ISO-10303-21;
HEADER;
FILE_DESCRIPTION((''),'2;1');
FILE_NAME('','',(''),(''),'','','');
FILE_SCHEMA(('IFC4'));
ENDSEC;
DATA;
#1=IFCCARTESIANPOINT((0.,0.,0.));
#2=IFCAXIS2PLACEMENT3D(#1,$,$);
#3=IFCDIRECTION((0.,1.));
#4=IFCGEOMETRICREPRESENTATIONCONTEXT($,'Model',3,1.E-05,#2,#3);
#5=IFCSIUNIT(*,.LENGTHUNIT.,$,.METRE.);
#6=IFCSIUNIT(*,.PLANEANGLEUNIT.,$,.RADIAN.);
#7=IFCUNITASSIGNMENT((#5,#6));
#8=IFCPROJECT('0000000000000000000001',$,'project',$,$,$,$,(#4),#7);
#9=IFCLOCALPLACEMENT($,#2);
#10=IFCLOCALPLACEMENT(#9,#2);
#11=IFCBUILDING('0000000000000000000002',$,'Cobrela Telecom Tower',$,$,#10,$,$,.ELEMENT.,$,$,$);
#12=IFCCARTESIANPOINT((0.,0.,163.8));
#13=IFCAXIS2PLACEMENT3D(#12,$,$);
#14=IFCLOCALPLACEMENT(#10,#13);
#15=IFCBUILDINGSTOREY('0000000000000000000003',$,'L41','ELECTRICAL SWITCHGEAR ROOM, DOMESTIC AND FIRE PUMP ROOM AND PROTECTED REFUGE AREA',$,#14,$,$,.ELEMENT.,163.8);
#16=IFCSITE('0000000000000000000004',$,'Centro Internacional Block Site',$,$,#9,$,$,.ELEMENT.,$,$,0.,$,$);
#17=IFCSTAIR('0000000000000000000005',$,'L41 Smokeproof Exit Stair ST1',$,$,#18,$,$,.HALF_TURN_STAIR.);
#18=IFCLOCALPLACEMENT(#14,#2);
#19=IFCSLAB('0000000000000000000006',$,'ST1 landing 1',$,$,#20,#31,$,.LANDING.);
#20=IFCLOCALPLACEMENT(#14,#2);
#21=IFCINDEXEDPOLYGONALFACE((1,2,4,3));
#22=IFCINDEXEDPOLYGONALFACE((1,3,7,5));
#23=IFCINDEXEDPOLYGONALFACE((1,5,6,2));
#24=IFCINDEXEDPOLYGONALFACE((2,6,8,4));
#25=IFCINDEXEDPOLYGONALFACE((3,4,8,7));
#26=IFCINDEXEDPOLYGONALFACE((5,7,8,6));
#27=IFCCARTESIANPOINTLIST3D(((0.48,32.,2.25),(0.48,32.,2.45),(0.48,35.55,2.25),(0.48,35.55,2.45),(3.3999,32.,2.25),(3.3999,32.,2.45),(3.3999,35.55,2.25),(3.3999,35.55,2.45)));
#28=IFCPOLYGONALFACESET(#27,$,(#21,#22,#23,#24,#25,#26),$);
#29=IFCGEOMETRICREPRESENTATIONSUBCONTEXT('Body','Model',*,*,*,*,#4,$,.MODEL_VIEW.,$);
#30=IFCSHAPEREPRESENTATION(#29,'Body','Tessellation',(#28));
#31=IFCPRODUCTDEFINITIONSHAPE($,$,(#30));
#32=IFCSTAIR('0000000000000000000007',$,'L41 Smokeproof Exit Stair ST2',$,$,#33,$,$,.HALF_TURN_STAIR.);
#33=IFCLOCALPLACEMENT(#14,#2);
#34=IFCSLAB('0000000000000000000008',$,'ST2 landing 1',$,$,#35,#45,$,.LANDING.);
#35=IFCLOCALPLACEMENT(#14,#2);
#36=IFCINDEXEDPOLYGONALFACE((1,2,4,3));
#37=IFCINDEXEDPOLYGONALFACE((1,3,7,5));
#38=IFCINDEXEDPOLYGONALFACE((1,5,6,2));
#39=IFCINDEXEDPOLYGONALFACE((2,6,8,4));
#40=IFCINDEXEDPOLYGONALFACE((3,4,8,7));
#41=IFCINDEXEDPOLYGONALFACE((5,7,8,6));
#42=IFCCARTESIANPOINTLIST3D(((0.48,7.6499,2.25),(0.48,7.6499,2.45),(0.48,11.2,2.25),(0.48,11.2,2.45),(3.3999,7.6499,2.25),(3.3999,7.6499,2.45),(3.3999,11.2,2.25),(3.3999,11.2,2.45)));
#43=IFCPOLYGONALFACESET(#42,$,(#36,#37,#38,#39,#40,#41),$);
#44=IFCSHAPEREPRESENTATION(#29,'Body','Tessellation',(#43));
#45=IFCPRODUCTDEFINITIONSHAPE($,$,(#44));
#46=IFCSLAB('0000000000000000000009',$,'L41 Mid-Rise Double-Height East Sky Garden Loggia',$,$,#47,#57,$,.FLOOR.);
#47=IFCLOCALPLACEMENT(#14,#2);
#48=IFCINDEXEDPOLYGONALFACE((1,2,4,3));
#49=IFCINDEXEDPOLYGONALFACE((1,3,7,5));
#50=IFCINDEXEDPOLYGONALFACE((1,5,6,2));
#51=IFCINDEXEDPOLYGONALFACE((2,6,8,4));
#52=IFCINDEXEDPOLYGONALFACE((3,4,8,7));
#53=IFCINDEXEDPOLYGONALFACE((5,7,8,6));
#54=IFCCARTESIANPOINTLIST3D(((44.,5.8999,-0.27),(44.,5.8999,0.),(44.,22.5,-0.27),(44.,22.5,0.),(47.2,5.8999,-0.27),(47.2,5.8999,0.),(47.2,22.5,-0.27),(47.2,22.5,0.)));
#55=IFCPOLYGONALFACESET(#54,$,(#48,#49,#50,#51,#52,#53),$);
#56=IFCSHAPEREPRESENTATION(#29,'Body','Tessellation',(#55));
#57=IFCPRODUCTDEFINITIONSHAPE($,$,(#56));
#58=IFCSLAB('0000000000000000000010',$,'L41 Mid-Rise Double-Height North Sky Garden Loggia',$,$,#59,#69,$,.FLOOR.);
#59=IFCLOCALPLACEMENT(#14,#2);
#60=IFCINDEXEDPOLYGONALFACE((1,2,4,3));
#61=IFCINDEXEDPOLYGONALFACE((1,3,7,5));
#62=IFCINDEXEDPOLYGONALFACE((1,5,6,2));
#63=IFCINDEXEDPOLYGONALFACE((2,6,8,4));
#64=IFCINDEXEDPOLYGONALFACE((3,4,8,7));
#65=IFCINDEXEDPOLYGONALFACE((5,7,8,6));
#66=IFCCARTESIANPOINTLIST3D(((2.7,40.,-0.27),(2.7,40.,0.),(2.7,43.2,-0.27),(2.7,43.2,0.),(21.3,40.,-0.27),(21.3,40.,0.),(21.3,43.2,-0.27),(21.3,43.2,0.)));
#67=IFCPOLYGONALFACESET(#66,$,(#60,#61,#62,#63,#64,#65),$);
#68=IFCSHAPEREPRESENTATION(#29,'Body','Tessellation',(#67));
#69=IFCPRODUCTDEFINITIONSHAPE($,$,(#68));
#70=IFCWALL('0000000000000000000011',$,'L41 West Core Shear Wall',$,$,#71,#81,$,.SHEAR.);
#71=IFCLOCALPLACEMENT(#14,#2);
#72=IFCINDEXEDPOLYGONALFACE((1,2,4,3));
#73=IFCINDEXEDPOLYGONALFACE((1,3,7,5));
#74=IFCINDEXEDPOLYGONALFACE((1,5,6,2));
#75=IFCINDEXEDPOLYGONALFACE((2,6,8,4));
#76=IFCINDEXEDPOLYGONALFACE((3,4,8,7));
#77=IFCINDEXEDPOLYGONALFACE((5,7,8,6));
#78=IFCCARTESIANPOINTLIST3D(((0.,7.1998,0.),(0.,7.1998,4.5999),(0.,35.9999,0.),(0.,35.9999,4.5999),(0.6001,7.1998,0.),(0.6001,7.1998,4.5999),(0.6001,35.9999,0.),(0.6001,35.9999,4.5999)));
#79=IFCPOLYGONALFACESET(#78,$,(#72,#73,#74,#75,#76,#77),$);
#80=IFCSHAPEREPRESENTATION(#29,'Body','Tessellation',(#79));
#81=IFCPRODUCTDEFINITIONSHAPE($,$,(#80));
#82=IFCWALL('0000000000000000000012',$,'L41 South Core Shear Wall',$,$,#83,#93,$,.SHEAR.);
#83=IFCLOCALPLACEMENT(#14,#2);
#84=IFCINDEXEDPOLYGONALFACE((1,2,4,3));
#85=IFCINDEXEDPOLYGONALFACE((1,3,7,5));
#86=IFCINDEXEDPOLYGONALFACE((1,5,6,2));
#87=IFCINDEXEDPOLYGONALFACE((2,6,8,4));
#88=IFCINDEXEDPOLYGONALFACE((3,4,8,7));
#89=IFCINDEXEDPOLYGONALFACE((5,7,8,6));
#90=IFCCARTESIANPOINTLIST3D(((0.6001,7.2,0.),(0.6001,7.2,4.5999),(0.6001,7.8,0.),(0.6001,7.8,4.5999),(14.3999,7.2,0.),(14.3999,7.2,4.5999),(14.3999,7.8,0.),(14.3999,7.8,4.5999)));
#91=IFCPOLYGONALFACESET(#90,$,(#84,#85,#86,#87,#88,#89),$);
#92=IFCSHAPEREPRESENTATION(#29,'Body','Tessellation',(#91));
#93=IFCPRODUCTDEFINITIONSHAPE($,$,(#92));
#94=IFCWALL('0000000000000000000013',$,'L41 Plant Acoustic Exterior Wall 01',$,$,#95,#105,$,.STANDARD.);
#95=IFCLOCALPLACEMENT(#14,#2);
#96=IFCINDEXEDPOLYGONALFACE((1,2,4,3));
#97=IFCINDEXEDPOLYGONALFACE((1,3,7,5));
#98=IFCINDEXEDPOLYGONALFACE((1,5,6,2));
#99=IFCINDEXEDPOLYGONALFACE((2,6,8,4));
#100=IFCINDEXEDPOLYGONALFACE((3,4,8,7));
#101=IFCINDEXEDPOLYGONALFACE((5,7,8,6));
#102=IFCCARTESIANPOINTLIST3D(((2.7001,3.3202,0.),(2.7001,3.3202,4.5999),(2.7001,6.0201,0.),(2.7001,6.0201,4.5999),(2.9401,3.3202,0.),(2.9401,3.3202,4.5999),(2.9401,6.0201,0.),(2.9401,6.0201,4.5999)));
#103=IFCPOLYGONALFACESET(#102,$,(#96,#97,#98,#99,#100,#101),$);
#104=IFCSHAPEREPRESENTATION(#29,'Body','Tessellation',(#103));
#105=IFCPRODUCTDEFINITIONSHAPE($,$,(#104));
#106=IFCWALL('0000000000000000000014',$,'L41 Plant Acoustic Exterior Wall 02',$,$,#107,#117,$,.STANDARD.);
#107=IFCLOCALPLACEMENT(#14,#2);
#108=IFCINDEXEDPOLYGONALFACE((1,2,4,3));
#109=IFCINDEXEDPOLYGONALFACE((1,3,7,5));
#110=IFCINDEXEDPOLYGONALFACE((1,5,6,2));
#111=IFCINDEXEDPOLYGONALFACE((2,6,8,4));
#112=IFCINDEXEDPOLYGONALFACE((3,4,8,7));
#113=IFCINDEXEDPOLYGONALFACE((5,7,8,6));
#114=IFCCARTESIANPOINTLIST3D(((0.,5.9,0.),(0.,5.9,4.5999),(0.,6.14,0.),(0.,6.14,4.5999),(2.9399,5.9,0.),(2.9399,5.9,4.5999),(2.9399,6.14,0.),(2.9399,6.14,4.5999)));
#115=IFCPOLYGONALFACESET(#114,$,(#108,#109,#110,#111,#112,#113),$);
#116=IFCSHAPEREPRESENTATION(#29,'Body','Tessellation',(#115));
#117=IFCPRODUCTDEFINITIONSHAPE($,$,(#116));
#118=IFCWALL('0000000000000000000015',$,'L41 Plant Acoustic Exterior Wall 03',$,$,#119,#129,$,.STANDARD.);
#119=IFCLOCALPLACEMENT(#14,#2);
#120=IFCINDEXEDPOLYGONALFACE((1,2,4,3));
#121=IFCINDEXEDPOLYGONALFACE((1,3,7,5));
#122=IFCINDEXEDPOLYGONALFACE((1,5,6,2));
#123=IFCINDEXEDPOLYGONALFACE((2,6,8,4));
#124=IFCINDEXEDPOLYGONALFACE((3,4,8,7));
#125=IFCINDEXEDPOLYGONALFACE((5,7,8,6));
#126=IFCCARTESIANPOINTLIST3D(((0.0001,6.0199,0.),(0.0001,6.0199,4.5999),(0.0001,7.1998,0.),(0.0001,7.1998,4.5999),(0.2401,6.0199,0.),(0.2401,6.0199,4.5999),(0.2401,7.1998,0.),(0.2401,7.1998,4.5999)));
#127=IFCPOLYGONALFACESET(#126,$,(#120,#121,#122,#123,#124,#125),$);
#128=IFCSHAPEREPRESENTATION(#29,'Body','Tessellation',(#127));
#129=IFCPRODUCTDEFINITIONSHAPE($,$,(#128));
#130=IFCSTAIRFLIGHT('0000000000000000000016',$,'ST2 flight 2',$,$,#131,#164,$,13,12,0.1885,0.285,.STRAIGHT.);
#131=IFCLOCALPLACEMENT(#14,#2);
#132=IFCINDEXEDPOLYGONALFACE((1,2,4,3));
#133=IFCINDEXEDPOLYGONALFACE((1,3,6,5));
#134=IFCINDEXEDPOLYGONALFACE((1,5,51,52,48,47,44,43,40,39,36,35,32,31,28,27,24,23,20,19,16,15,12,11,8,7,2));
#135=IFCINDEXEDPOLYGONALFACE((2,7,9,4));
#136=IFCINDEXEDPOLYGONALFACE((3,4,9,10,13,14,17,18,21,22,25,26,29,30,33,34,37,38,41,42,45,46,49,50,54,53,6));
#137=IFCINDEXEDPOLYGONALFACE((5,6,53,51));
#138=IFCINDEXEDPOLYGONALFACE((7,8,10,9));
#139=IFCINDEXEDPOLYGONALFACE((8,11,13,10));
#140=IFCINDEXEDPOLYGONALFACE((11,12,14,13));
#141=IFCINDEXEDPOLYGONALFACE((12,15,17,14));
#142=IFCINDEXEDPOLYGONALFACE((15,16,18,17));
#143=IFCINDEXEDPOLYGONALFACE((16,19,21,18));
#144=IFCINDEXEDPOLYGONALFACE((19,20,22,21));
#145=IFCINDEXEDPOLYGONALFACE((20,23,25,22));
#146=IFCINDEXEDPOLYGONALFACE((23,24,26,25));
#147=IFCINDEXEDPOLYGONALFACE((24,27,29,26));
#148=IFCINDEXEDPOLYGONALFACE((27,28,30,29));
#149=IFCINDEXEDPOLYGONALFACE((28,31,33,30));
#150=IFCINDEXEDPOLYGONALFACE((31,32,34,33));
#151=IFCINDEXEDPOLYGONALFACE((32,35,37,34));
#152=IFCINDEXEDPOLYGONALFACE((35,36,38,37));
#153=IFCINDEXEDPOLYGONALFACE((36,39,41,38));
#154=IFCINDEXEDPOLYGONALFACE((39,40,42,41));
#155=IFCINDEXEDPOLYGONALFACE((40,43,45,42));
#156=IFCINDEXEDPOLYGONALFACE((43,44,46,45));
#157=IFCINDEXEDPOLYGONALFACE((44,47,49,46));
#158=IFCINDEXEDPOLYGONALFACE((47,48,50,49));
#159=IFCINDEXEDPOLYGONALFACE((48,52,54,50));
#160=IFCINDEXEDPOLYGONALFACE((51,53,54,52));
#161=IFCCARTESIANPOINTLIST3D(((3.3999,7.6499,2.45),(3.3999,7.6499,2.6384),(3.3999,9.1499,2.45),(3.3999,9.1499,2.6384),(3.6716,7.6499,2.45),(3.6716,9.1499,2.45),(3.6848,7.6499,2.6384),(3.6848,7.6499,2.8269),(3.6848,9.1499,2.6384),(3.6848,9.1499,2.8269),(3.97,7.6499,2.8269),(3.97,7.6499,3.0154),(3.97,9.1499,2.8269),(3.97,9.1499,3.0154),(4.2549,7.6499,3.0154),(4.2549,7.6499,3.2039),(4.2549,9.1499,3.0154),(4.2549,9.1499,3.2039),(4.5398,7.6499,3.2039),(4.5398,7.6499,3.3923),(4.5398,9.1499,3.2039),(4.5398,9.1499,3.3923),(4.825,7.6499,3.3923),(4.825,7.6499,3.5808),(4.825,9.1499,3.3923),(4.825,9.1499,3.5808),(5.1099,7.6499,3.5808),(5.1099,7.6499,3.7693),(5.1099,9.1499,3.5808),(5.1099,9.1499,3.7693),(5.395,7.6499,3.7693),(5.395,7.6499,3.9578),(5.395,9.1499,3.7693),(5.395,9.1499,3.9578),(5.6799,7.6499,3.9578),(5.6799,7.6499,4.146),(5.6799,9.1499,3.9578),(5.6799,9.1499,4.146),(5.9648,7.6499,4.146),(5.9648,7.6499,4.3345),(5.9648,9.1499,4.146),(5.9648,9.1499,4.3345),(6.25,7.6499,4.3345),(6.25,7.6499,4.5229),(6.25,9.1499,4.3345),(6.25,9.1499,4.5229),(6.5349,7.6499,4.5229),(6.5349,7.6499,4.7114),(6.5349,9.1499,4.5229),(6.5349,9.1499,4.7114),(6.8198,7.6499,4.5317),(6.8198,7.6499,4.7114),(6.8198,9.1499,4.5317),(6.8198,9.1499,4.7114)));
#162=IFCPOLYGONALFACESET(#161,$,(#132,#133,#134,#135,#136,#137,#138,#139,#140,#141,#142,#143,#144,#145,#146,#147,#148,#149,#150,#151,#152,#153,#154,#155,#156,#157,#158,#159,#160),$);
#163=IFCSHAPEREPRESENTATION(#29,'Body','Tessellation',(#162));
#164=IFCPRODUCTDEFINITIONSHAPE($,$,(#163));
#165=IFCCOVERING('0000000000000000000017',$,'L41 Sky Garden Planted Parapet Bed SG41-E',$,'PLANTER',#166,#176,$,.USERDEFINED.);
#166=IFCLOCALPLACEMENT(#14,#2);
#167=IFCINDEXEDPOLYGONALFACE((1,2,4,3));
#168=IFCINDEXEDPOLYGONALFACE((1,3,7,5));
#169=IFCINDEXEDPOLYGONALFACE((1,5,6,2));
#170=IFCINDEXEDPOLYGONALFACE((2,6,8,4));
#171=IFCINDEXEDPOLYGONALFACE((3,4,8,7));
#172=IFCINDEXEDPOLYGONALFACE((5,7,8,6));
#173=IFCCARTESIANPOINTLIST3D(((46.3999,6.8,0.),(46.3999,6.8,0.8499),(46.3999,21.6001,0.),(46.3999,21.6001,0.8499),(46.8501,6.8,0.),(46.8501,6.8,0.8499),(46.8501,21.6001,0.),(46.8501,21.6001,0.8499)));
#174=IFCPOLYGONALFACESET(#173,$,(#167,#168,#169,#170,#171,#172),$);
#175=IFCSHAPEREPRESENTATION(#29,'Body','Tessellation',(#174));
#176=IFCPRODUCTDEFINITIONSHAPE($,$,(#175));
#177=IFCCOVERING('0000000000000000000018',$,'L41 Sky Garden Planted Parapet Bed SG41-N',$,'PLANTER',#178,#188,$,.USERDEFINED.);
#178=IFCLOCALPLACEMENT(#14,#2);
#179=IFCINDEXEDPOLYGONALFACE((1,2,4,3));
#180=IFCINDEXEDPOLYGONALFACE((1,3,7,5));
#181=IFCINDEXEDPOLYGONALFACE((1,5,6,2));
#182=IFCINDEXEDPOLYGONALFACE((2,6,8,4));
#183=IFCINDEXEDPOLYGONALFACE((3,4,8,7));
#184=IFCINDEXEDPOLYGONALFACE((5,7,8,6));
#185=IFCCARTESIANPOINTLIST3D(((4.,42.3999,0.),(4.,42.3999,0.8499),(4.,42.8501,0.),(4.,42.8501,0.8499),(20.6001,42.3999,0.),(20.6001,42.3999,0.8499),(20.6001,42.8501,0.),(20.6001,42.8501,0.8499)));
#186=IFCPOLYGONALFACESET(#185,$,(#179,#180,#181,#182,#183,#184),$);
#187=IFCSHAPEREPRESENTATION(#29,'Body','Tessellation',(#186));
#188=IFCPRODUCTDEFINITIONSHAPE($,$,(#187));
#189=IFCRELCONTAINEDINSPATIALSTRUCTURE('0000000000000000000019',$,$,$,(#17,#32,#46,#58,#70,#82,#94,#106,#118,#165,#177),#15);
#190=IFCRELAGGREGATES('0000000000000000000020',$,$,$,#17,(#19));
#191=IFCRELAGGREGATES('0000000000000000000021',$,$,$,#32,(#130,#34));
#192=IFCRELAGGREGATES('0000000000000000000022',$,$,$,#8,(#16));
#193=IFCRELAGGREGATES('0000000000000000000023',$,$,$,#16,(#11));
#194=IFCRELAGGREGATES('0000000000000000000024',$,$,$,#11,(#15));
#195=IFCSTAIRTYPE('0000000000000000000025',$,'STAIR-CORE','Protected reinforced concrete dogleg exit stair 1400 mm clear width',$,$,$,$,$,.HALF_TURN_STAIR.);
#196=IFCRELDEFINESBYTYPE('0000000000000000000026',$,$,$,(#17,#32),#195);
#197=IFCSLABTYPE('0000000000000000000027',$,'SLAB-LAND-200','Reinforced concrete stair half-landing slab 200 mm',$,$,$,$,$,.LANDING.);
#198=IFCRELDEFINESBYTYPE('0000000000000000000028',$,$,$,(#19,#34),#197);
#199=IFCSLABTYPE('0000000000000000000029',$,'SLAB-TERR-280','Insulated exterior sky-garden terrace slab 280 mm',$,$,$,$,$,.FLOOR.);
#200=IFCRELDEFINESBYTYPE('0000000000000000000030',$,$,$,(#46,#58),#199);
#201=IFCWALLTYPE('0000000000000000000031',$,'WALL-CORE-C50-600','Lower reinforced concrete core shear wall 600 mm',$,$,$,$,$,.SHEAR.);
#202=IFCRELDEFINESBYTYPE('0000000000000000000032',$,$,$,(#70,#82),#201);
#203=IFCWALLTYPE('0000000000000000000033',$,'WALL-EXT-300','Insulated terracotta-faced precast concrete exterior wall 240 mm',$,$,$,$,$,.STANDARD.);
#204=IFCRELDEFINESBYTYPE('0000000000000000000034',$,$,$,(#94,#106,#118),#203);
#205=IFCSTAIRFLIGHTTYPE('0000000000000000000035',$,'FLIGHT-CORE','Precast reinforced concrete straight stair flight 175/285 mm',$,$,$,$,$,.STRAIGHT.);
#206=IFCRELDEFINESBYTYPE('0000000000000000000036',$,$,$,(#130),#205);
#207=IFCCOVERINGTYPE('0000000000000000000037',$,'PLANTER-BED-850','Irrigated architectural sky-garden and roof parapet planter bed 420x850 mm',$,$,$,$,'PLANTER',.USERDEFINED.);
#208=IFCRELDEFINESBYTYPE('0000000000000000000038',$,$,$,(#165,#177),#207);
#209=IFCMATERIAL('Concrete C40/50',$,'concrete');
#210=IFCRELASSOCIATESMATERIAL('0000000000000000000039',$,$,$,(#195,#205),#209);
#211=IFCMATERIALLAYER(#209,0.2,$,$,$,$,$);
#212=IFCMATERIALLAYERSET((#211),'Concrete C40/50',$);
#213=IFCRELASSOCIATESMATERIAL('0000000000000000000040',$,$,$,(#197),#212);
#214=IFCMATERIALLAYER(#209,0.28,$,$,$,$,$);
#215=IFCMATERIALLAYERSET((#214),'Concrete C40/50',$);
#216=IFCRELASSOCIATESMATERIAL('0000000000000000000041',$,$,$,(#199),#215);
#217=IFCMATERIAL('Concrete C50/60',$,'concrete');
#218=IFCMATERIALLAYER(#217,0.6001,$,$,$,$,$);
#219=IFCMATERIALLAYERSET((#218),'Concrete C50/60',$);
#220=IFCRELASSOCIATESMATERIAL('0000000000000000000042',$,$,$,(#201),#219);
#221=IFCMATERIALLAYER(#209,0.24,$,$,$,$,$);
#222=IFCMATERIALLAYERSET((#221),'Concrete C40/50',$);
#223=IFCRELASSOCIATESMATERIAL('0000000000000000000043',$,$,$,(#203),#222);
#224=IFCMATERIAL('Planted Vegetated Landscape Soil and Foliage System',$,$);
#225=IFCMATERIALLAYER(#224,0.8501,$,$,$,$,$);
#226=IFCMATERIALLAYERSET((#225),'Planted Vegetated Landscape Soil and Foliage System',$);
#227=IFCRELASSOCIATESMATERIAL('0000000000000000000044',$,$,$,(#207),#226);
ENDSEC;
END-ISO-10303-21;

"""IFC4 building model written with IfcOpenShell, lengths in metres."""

from ifc_helpers import new_model, si_unit, direction, frame, frame_2d, origin, place, context, subcontext, project, spatial, polyline, rectangle, outline, extrude, material, layer, layer_set, type_object, element, aggregate, save


model = new_model("IFC4")

# Units and contexts
model_context = context("Model", 3, precision=1e-05, world=origin(), true_north=direction((0.0, 1.0)))
body_context = subcontext(model_context, "Body", "Model", "MODEL_VIEW")
ifc_project = project(units=[si_unit("LENGTHUNIT", "METRE"), si_unit("PLANEANGLEUNIT", "RADIAN")], contexts=[model_context])

# Site, building, storey
site_placement = place(None, origin())
site = spatial("IfcSite", under=ifc_project, at=site_placement, Name="Centro Internacional Block Site", CompositionType="ELEMENT", RefElevation=0.0)
building_placement = place(site_placement, origin())
building = spatial("IfcBuilding", under=site, at=building_placement, Name="Cobrela Telecom Tower", CompositionType="ELEMENT")
storey_placement = place(building_placement, frame((0.0, 0.0, 163.8)))
storey = spatial("IfcBuildingStorey", under=building, at=storey_placement, Name="L41", Description="ELECTRICAL SWITCHGEAR ROOM, DOMESTIC AND FIRE PUMP ROOM AND PROTECTED REFUGE AREA", CompositionType="ELEMENT", Elevation=163.8)

# Shared definitions
ifc_material_1 = material(Name="Concrete C40/50", Category="concrete")

# Stairs, slabs
stair_type = type_object("IfcStairType", Name="STAIR-CORE", Description="Protected reinforced concrete dogleg exit stair 1400 mm clear width", PredefinedType="HALF_TURN_STAIR", material=ifc_material_1)
stair_1_placement = place(storey_placement, origin())
stair_1 = element("IfcStair", 1, at=stair_1_placement, inside=storey, type_object=stair_type, Name="L41 Smokeproof Exit Stair ST1", PredefinedType="HALF_TURN_STAIR")
ifc_layer_1 = layer(ifc_material_1, 0.2)
ifc_layer_set_1 = layer_set([ifc_layer_1], Name="Concrete C40/50")
slab_type_1 = type_object("IfcSlabType", Name="SLAB-LAND-200", Description="Reinforced concrete stair half-landing slab 200 mm", PredefinedType="LANDING", material=ifc_layer_set_1)
slab_1_placement = place(storey_placement, frame((0.0, 0.0, 2.25)))
slab_1 = element("IfcSlab", 2, at=slab_1_placement, type_object=slab_type_1, Name="ST1 landing 1", PredefinedType="LANDING", context=body_context, shape_type="SweptSolid", body=[
    extrude(outline(polyline([(3.3999, 35.55), (0.48, 35.55), (0.48, 32.0), (3.3999, 32.0), (3.3999, 35.55)])), origin(), (0.0, 0.0, 1.0), 0.2),
])
aggregate(stair_1, [slab_1])
stair_2_placement = place(storey_placement, origin())
stair_2 = element("IfcStair", 3, at=stair_2_placement, inside=storey, type_object=stair_type, Name="L41 Smokeproof Exit Stair ST2", PredefinedType="HALF_TURN_STAIR")
slab_2_placement = place(storey_placement, frame((0.0, 0.0, 2.25)))
slab_2 = element("IfcSlab", 4, at=slab_2_placement, type_object=slab_type_1, Name="ST2 landing 1", PredefinedType="LANDING", context=body_context, shape_type="SweptSolid", body=[
    extrude(outline(polyline([(3.3999, 11.2), (0.48, 11.2), (0.48, 7.6499), (3.3999, 7.6499), (3.3999, 11.2)])), origin(), (0.0, 0.0, 1.0), 0.2),
])

# Slabs
ifc_layer_2 = layer(ifc_material_1, 0.28)
ifc_layer_set_2 = layer_set([ifc_layer_2], Name="Concrete C40/50")
slab_type_2 = type_object("IfcSlabType", Name="SLAB-TERR-280", Description="Insulated exterior sky-garden terrace slab 280 mm", PredefinedType="FLOOR", material=ifc_layer_set_2)
slab_3_placement = place(storey_placement, frame((0.0, 0.0, -0.27)))
element("IfcSlab", 5, at=slab_3_placement, inside=storey, type_object=slab_type_2, Name="L41 Mid-Rise Double-Height East Sky Garden Loggia", PredefinedType="FLOOR", context=body_context, shape_type="SweptSolid", body=[
    extrude(outline(polyline([(44.0, 5.8999), (47.2, 5.8999), (47.2, 22.5), (44.0, 22.5), (44.0, 5.8999)])), origin(), (0.0, 0.0, 1.0), 0.27),
])
slab_4_placement = place(storey_placement, frame((0.0, 0.0, -0.27)))
element("IfcSlab", 6, at=slab_4_placement, inside=storey, type_object=slab_type_2, Name="L41 Mid-Rise Double-Height North Sky Garden Loggia", PredefinedType="FLOOR", context=body_context, shape_type="SweptSolid", body=[
    extrude(outline(polyline([(2.7, 40.0), (21.3, 40.0), (21.3, 43.2), (2.7, 43.2), (2.7, 40.0)])), origin(), (0.0, 0.0, 1.0), 0.27),
])

# Walls
ifc_material_2 = material(Name="Concrete C50/60", Category="concrete")
ifc_layer_3 = layer(ifc_material_2, 0.6001)
ifc_layer_set_3 = layer_set([ifc_layer_3], Name="Concrete C50/60")
wall_type_1 = type_object("IfcWallType", Name="WALL-CORE-C50-600", Description="Lower reinforced concrete core shear wall 600 mm", PredefinedType="SHEAR", material=ifc_layer_set_3)
wall_1_placement = place(storey_placement, frame((0.3, 7.2, 0.0), z_axis=(0.0, 0.0, 1.0), x_axis=(0.0, 1.0, 0.0)))
element("IfcWall", 7, at=wall_1_placement, inside=storey, type_object=wall_type_1, Name="L41 West Core Shear Wall", PredefinedType="SHEAR", context=body_context, shape_type="SweptSolid", body=[
    extrude(rectangle(XDim=28.8, YDim=0.6001, at=frame_2d((14.3999, 0.0))), origin(), (0.0, 0.0, 1.0), 4.5999),
])
wall_2_placement = place(storey_placement, frame((0.6001, 7.5, 0.0), z_axis=(0.0, 0.0, 1.0), x_axis=(1.0, 0.0, 0.0)))
element("IfcWall", 8, at=wall_2_placement, inside=storey, type_object=wall_type_1, Name="L41 South Core Shear Wall", PredefinedType="SHEAR", context=body_context, shape_type="SweptSolid", body=[
    extrude(rectangle(XDim=13.7998, YDim=0.6001, at=frame_2d((6.8999, 0.0))), origin(), (0.0, 0.0, 1.0), 4.5999),
])
ifc_layer_4 = layer(ifc_material_1, 0.24)
ifc_layer_set_4 = layer_set([ifc_layer_4], Name="Concrete C40/50")
wall_type_2 = type_object("IfcWallType", Name="WALL-EXT-300", Description="Insulated terracotta-faced precast concrete exterior wall 240 mm", PredefinedType="STANDARD", material=ifc_layer_set_4)
wall_3_placement = place(storey_placement, frame((2.8201, 3.3201, 0.0), z_axis=(0.0, 0.0, 1.0), x_axis=(0.0, 1.0, 0.0)))
element("IfcWall", 9, at=wall_3_placement, inside=storey, type_object=wall_type_2, Name="L41 Plant Acoustic Exterior Wall 01", PredefinedType="STANDARD", context=body_context, shape_type="SweptSolid", body=[
    extrude(rectangle(XDim=2.7, YDim=0.24, at=frame_2d((1.3501, 0.0))), origin(), (0.0, 0.0, 1.0), 4.5999),
])
wall_4_placement = place(storey_placement, frame((2.9399, 6.02, 0.0), z_axis=(0.0, 0.0, 1.0), x_axis=(-1.0, 0.0, 0.0)))
element("IfcWall", 10, at=wall_4_placement, inside=storey, type_object=wall_type_2, Name="L41 Plant Acoustic Exterior Wall 02", PredefinedType="STANDARD", context=body_context, shape_type="SweptSolid", body=[
    extrude(rectangle(XDim=2.9399, YDim=0.24, at=frame_2d((1.47, 0.0))), origin(), (0.0, 0.0, 1.0), 4.5999),
])
wall_5_placement = place(storey_placement, frame((0.1201, 6.02, 0.0), z_axis=(0.0, 0.0, 1.0), x_axis=(0.0, 1.0, 0.0)))
element("IfcWall", 11, at=wall_5_placement, inside=storey, type_object=wall_type_2, Name="L41 Plant Acoustic Exterior Wall 03", PredefinedType="STANDARD", context=body_context, shape_type="SweptSolid", body=[
    extrude(rectangle(XDim=1.1799, YDim=0.24, at=frame_2d((0.5898, 0.0))), origin(), (0.0, 0.0, 1.0), 4.5999),
])

# Stair flight
stair_flight_type = type_object("IfcStairFlightType", Name="FLIGHT-CORE", Description="Precast reinforced concrete straight stair flight 175/285 mm", PredefinedType="STRAIGHT", material=ifc_material_1)
stair_flight_placement = place(storey_placement, frame((3.3999, 8.3999, 2.45), z_axis=(0.0, 0.0, 1.0), x_axis=(1.0, 0.0, 0.0)))
stair_flight = element("IfcStairFlight", 12, at=stair_flight_placement, type_object=stair_flight_type, Name="ST2 flight 2", NumberOfRisers=13, NumberOfTreads=12, PredefinedType="STRAIGHT", RiserHeight=0.1885, TreadLength=0.285, context=body_context, shape_type="SweptSolid", body=[
    extrude(outline(polyline([(0.0, 0.0), (0.0, 0.1885), (0.2849, 0.1885), (0.2849, 0.377), (0.5701, 0.377), (0.5701, 0.5654), (0.855, 0.5654), (0.855, 0.7539), (1.1399, 0.7539), (1.1399, 0.9424), (1.425, 0.9424), (1.425, 1.1309), (1.71, 1.1309), (1.71, 1.3193), (1.9951, 1.3193), (1.9951, 1.5078), (2.28, 1.5078), (2.28, 1.696), (2.5649, 1.696), (2.5649, 1.8845), (2.8501, 1.8845), (2.8501, 2.073), (3.135, 2.073), (3.135, 2.2615), (3.4199, 2.2615), (3.4199, 2.45), (3.4199, 2.0818), (0.2717, 0.0), (0.0, 0.0)])), frame((0.0, 0.75, 0.0), z_axis=(0.0, -1.0, 0.0), x_axis=(1.0, 0.0, 0.0)), (0.0, 0.0, 1.0), 1.5),
])
aggregate(stair_2, [stair_flight, slab_2])

# Coverings
ifc_material_3 = material(Name="Planted Vegetated Landscape Soil and Foliage System")
ifc_layer_5 = layer(ifc_material_3, 0.8501)
ifc_layer_set_5 = layer_set([ifc_layer_5], Name="Planted Vegetated Landscape Soil and Foliage System")
covering_type = type_object("IfcCoveringType", Name="PLANTER-BED-850", Description="Irrigated architectural sky-garden and roof parapet planter bed 420x850 mm", ElementType="PLANTER", PredefinedType="USERDEFINED", material=ifc_layer_set_5)
covering_1_placement = place(storey_placement, origin())
element("IfcCovering", 13, at=covering_1_placement, inside=storey, type_object=covering_type, Name="L41 Sky Garden Planted Parapet Bed SG41-E", ObjectType="PLANTER", PredefinedType="USERDEFINED", context=body_context, shape_type="SweptSolid", body=[
    extrude(outline(polyline([(46.3999, 6.8), (46.8501, 6.8), (46.8501, 21.6001), (46.3999, 21.6001), (46.3999, 6.8)])), origin(), (0.0, 0.0, 1.0), 0.8499),
])
covering_2_placement = place(storey_placement, origin())
element("IfcCovering", 14, at=covering_2_placement, inside=storey, type_object=covering_type, Name="L41 Sky Garden Planted Parapet Bed SG41-N", ObjectType="PLANTER", PredefinedType="USERDEFINED", context=body_context, shape_type="SweptSolid", body=[
    extrude(outline(polyline([(4.0, 42.3999), (20.6001, 42.3999), (20.6001, 42.8501), (4.0, 42.8501), (4.0, 42.3999)])), origin(), (0.0, 0.0, 1.0), 0.8499),
])

save(model, "model.ifc")
